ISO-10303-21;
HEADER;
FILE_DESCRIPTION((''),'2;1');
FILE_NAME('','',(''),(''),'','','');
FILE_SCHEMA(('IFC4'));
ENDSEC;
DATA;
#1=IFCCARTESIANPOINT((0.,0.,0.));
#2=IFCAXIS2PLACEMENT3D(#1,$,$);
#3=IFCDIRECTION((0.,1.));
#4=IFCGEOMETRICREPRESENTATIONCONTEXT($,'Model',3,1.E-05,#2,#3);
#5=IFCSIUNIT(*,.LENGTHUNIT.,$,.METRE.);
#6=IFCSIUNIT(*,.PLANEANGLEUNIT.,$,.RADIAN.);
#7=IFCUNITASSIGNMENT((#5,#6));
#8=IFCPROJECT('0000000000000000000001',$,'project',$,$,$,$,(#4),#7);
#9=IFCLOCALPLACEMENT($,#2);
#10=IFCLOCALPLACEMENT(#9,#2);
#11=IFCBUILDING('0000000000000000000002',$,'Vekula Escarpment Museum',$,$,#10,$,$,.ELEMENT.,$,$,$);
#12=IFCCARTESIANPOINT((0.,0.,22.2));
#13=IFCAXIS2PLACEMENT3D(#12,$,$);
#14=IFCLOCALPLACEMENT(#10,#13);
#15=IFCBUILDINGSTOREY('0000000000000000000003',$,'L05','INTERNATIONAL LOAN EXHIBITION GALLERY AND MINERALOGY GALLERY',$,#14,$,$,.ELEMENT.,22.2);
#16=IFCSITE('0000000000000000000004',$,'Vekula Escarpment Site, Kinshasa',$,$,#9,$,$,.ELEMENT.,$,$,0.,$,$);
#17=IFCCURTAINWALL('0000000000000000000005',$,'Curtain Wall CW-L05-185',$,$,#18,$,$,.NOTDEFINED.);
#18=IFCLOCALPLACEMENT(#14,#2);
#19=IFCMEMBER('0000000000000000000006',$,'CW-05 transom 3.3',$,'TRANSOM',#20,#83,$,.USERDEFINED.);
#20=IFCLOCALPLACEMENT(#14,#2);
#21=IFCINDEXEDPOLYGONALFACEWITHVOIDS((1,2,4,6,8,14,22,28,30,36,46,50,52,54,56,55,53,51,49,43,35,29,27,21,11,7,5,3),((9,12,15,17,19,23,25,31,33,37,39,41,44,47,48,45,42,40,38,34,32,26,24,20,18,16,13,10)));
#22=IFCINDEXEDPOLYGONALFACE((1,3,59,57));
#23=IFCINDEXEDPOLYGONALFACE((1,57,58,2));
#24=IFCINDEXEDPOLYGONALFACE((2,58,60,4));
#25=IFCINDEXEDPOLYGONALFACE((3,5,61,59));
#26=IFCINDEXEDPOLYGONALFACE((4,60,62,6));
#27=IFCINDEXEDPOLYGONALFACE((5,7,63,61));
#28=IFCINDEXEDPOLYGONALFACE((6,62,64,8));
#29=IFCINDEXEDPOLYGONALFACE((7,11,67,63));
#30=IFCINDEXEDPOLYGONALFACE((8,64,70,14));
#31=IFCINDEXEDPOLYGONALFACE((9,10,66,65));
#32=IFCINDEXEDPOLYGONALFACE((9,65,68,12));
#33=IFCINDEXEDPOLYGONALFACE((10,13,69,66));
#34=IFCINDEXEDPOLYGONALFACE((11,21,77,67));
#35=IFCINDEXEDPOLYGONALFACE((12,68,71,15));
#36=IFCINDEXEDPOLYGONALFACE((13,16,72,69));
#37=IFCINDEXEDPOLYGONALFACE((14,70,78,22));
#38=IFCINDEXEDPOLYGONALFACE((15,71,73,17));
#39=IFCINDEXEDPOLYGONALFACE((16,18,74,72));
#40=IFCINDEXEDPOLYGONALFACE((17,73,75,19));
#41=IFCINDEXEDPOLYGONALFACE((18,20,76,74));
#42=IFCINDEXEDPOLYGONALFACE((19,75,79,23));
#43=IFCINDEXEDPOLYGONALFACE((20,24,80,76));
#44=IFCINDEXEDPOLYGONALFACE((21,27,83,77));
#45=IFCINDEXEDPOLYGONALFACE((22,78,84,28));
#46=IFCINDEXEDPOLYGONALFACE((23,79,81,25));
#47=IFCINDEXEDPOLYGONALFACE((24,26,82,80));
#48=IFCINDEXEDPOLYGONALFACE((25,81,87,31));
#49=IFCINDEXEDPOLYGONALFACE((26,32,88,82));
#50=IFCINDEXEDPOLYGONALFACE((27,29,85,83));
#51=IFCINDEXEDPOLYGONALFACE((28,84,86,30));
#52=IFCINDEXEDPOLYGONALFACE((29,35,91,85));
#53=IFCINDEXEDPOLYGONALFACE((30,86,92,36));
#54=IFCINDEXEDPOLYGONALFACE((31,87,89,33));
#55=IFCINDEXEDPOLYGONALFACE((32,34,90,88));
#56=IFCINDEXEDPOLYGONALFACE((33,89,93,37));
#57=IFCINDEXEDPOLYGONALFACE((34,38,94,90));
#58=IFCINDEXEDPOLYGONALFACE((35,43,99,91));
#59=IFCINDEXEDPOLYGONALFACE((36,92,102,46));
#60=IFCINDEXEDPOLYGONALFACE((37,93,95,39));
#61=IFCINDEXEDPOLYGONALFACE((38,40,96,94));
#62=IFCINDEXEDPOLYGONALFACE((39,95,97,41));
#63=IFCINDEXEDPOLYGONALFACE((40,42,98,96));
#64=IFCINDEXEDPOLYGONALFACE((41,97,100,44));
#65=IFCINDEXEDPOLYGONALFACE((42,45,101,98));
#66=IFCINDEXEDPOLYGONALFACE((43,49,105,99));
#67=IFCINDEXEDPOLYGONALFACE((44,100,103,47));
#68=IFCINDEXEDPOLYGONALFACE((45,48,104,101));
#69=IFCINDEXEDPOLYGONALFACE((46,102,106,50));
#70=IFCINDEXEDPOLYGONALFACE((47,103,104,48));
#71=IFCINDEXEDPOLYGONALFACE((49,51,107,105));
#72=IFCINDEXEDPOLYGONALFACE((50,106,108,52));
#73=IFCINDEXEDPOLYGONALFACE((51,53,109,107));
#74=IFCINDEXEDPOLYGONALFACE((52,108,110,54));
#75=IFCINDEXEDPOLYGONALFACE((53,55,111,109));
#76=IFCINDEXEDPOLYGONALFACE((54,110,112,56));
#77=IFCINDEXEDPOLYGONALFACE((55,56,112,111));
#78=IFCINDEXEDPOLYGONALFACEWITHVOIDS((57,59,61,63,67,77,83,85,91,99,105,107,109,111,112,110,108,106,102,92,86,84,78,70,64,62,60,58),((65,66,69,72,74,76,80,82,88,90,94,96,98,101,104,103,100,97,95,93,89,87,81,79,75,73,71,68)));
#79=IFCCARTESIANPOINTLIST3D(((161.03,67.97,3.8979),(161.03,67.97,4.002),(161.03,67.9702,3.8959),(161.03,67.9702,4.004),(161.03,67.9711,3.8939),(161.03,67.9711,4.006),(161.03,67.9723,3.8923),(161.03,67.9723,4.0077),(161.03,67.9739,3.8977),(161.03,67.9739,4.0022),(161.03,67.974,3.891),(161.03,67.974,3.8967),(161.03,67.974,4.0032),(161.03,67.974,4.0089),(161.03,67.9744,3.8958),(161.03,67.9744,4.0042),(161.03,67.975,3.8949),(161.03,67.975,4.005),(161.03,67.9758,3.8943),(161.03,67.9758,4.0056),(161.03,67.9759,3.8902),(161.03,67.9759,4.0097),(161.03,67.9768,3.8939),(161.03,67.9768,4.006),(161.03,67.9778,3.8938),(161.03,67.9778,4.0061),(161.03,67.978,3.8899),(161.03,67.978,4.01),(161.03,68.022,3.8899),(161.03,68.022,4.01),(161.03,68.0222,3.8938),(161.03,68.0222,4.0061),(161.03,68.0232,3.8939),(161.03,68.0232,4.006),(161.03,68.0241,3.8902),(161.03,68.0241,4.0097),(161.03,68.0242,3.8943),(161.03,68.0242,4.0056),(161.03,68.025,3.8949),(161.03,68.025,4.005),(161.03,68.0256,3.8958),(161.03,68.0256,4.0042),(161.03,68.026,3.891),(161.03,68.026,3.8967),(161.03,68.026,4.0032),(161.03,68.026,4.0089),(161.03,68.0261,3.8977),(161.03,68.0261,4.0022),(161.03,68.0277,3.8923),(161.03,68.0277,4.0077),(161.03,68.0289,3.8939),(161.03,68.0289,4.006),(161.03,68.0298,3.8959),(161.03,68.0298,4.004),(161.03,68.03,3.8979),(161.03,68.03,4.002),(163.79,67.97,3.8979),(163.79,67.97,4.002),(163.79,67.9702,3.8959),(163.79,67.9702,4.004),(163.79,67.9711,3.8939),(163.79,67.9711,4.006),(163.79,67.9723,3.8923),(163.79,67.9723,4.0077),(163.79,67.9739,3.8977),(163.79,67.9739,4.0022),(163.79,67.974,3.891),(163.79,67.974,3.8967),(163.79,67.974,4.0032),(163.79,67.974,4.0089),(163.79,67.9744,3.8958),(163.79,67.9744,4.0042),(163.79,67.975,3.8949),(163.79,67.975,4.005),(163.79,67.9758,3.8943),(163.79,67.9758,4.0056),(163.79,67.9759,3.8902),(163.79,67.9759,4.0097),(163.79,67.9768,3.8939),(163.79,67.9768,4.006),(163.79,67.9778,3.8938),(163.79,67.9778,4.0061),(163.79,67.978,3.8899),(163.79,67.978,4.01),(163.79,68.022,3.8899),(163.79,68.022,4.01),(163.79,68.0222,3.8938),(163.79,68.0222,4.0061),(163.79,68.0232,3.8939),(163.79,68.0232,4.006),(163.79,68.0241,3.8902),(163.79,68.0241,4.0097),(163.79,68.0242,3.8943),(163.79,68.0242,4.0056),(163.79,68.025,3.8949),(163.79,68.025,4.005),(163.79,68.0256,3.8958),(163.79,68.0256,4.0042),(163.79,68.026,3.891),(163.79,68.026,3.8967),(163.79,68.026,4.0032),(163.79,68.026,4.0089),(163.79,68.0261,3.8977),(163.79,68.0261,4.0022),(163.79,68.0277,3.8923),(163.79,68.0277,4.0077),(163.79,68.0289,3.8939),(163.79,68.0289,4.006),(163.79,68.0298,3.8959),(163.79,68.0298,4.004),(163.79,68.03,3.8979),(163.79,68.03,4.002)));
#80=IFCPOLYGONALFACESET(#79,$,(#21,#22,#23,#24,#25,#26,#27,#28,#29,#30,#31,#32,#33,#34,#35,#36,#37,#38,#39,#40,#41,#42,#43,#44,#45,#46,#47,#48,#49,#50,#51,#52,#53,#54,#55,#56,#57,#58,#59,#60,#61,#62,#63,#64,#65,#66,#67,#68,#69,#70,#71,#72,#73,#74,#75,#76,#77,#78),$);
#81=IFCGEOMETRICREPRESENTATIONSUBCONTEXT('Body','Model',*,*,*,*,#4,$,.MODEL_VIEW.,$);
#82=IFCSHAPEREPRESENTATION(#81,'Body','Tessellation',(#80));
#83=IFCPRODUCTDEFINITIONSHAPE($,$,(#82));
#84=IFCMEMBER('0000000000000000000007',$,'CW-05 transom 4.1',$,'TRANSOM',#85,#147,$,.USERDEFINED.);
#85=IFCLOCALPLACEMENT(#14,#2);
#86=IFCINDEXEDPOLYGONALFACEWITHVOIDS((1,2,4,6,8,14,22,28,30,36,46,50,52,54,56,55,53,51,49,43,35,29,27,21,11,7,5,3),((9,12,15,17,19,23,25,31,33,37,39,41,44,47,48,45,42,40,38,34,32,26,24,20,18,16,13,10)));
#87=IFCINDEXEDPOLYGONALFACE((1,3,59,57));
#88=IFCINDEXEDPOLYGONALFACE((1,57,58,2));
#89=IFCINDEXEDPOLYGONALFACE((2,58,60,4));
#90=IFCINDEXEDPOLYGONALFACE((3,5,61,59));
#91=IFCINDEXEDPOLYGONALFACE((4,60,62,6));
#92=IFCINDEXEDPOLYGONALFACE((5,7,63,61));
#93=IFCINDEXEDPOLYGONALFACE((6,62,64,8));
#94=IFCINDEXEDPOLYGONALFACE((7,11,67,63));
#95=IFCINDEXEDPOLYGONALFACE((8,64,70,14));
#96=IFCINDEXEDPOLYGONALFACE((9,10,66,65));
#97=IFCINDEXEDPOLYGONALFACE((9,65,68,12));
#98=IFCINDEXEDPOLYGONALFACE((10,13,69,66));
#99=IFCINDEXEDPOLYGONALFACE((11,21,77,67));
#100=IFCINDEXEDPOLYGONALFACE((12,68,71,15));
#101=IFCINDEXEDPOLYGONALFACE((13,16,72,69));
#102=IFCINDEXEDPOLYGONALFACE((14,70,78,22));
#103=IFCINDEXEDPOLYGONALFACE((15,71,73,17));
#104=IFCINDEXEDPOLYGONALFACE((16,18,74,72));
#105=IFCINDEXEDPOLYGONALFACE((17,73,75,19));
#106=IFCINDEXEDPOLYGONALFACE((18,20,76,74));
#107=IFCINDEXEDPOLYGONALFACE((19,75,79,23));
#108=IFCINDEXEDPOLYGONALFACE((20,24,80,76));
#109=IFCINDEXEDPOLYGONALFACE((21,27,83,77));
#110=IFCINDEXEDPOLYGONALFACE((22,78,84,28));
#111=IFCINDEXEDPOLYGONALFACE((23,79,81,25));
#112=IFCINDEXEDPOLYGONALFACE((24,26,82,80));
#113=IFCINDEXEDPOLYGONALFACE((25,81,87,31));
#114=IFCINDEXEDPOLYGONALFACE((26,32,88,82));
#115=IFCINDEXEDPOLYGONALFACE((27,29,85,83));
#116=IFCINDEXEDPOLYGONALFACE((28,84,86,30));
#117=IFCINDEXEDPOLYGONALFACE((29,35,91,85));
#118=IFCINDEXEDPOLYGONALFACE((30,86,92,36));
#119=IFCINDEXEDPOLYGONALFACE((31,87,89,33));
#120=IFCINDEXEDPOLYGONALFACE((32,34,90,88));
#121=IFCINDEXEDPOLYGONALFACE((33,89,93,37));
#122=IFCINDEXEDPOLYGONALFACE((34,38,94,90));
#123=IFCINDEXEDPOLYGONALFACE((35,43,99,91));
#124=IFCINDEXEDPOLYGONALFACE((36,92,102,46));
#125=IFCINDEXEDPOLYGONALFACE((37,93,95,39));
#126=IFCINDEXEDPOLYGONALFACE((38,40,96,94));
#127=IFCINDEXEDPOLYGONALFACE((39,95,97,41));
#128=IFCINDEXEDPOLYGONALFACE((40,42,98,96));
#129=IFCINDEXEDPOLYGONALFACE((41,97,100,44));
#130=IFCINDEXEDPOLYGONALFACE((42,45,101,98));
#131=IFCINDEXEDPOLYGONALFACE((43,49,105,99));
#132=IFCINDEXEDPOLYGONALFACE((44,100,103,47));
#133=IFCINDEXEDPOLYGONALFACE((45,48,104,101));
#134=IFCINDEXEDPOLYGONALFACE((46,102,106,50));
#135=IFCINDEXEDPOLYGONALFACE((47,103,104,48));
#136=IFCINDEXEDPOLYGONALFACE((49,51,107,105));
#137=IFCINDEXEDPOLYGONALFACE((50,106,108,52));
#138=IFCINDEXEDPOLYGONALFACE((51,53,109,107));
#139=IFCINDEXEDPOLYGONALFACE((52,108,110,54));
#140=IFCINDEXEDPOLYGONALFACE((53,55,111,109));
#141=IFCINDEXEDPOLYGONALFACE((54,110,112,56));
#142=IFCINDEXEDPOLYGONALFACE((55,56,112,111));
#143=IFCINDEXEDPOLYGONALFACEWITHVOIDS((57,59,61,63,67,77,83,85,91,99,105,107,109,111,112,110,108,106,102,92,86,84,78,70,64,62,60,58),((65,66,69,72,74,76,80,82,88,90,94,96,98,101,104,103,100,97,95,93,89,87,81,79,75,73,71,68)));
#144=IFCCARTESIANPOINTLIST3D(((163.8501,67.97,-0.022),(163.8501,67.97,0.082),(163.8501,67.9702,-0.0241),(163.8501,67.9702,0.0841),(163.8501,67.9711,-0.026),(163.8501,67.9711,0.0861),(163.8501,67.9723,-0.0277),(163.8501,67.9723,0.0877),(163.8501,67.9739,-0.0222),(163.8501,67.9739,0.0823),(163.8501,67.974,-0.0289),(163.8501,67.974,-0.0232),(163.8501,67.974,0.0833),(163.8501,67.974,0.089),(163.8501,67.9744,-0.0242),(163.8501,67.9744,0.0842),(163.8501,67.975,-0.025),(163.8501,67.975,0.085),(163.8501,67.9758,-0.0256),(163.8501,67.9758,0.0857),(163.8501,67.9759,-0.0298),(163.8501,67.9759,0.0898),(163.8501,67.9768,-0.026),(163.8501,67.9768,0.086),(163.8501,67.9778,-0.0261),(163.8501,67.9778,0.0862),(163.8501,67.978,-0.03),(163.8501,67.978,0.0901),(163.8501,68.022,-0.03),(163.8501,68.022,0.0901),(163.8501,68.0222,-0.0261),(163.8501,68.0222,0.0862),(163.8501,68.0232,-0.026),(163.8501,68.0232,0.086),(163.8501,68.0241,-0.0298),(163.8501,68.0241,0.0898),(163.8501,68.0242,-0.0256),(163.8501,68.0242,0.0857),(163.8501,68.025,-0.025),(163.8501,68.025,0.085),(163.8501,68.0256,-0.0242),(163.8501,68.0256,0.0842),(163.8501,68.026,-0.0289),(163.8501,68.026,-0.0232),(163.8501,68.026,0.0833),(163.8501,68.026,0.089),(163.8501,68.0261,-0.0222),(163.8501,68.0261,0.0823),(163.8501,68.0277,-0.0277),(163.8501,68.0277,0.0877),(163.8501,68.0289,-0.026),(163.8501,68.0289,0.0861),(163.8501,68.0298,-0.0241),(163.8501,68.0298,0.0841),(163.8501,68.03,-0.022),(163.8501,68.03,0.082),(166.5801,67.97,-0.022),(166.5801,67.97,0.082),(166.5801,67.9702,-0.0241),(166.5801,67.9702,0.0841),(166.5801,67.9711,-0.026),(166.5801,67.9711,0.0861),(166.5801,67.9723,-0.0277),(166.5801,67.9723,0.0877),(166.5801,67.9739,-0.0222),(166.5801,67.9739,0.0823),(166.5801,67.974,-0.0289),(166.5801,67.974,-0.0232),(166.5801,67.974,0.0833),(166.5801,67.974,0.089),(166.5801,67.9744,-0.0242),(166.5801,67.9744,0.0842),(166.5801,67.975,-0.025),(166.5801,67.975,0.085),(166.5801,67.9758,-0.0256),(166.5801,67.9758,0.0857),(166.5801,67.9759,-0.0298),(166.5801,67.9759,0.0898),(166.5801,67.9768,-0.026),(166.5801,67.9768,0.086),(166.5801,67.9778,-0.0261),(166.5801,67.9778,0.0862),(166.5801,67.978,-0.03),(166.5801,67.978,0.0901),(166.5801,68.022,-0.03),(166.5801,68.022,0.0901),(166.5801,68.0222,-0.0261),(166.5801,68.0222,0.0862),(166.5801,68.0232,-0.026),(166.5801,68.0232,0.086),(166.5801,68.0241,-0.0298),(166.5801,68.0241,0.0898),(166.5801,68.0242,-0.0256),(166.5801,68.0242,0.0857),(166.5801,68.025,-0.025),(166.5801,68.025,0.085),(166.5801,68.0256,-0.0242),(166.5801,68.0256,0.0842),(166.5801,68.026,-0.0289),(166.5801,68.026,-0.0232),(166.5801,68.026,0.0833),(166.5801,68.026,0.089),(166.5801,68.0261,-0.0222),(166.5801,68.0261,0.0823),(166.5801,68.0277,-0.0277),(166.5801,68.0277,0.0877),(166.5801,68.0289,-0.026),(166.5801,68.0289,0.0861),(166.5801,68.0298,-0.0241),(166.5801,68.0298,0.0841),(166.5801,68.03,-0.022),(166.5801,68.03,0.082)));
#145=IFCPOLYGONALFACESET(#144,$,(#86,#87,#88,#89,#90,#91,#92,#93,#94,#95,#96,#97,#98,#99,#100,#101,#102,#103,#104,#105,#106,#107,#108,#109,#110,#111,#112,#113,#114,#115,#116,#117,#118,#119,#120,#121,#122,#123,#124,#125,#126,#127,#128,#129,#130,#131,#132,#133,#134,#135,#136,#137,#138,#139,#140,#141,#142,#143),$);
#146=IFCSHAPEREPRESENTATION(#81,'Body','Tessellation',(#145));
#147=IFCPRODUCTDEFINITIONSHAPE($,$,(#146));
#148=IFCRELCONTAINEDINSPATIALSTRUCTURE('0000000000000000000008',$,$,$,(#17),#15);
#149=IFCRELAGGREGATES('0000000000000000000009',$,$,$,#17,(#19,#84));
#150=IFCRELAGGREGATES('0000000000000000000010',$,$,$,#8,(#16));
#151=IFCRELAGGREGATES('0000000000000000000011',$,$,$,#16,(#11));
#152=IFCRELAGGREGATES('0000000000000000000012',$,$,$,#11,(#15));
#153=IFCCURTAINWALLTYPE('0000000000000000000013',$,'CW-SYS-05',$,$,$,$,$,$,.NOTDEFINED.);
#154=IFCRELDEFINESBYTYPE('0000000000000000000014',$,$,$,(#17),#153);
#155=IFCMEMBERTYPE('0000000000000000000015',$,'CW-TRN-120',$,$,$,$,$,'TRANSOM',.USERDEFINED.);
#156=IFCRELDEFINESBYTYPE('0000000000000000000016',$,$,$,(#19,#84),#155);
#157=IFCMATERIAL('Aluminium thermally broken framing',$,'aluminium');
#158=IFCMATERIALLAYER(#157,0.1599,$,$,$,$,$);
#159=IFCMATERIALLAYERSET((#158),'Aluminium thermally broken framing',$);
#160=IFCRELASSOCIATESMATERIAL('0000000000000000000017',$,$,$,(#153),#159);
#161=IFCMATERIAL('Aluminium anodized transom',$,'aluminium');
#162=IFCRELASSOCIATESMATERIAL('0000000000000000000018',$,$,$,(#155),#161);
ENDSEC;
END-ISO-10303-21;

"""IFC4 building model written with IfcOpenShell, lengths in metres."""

from ifc_helpers import new_model, si_unit, direction, frame, origin, origin_2d, place, context, subcontext, project, spatial, hollow_rectangle, extrude, material, layer, layer_set, material_profile, profile_set, type_object, element, aggregate, save


model = new_model("IFC4")

# Units and contexts
model_context = context("Model", 3, precision=1e-05, world=origin(), true_north=direction((0.0, 1.0)))
body_context = subcontext(model_context, "Body", "Model", "MODEL_VIEW")
ifc_project = project(units=[si_unit("LENGTHUNIT", "METRE"), si_unit("PLANEANGLEUNIT", "RADIAN")], contexts=[model_context])

# Site, building, storey
site_placement = place(None, origin())
site = spatial("IfcSite", under=ifc_project, at=site_placement, Name="Vekula Escarpment Site, Kinshasa", CompositionType="ELEMENT", RefElevation=0.0)
building_placement = place(site_placement, origin())
building = spatial("IfcBuilding", under=site, at=building_placement, Name="Vekula Escarpment Museum", CompositionType="ELEMENT")
storey_placement = place(building_placement, frame((0.0, 0.0, 22.2)))
storey = spatial("IfcBuildingStorey", under=building, at=storey_placement, Name="L05", Description="INTERNATIONAL LOAN EXHIBITION GALLERY AND MINERALOGY GALLERY", CompositionType="ELEMENT", Elevation=22.2)

# Curtain wall, members
ifc_material_1 = material(Name="Aluminium thermally broken framing", Category="aluminium")
ifc_layer_1 = layer(ifc_material_1, 0.1599)
ifc_layer_set_1 = layer_set([ifc_layer_1], Name="Aluminium thermally broken framing")
curtain_wall_type_1 = type_object("IfcCurtainWallType", Name="CW-SYS-05", PredefinedType="NOTDEFINED", material=ifc_layer_set_1)
curtain_wall_1_placement = place(storey_placement, origin())
curtain_wall_1 = element("IfcCurtainWall", 1, at=curtain_wall_1_placement, inside=storey, type_object=curtain_wall_type_1, Name="Curtain Wall CW-L05-185", PredefinedType="NOTDEFINED")
ifc_material_2 = material(Name="Aluminium anodized transom", Category="aluminium")
ifc_material_profile_1 = material_profile(ifc_material_2, hollow_rectangle(XDim=0.0601, YDim=0.1201, WallThickness=0.0039, InnerFilletRadius=0.0039, OuterFilletRadius=0.0081, at=origin_2d()), Name="ALU 120x60x4")
ifc_profile_set_1 = profile_set([ifc_material_profile_1], Name="Aluminium anodized transom")
member_type_1 = type_object("IfcMemberType", Name="CW-TRN-120", ElementType="TRANSOM", PredefinedType="USERDEFINED", material=ifc_profile_set_1)
member_1_placement = place(storey_placement, frame((161.03, 68.0, 3.95), z_axis=(1.0, 0.0, 0.0), x_axis=(0.0, 1.0, 0.0)))
member_1 = element("IfcMember", 2, at=member_1_placement, type_object=member_type_1, Name="CW-05 transom 3.3", ObjectType="TRANSOM", PredefinedType="USERDEFINED", context=body_context, shape_type="SweptSolid", body=[
    extrude(hollow_rectangle(XDim=0.0601, YDim=0.1201, WallThickness=0.0039, InnerFilletRadius=0.0039, OuterFilletRadius=0.0081, at=origin_2d()), origin(), (0.0, 0.0, 1.0), 2.76),
])
member_2_placement = place(storey_placement, frame((163.8501, 68.0, 0.03), z_axis=(1.0, 0.0, 0.0), x_axis=(0.0, 1.0, 0.0)))
member_2 = element("IfcMember", 3, at=member_2_placement, type_object=member_type_1, Name="CW-05 transom 4.1", ObjectType="TRANSOM", PredefinedType="USERDEFINED", context=body_context, shape_type="SweptSolid", body=[
    extrude(hollow_rectangle(XDim=0.0601, YDim=0.1201, WallThickness=0.0039, InnerFilletRadius=0.0039, OuterFilletRadius=0.0081, at=origin_2d()), origin(), (0.0, 0.0, 1.0), 2.73),
])

aggregate(curtain_wall_1, [member_1, member_2])

save(model, "model.ifc")
